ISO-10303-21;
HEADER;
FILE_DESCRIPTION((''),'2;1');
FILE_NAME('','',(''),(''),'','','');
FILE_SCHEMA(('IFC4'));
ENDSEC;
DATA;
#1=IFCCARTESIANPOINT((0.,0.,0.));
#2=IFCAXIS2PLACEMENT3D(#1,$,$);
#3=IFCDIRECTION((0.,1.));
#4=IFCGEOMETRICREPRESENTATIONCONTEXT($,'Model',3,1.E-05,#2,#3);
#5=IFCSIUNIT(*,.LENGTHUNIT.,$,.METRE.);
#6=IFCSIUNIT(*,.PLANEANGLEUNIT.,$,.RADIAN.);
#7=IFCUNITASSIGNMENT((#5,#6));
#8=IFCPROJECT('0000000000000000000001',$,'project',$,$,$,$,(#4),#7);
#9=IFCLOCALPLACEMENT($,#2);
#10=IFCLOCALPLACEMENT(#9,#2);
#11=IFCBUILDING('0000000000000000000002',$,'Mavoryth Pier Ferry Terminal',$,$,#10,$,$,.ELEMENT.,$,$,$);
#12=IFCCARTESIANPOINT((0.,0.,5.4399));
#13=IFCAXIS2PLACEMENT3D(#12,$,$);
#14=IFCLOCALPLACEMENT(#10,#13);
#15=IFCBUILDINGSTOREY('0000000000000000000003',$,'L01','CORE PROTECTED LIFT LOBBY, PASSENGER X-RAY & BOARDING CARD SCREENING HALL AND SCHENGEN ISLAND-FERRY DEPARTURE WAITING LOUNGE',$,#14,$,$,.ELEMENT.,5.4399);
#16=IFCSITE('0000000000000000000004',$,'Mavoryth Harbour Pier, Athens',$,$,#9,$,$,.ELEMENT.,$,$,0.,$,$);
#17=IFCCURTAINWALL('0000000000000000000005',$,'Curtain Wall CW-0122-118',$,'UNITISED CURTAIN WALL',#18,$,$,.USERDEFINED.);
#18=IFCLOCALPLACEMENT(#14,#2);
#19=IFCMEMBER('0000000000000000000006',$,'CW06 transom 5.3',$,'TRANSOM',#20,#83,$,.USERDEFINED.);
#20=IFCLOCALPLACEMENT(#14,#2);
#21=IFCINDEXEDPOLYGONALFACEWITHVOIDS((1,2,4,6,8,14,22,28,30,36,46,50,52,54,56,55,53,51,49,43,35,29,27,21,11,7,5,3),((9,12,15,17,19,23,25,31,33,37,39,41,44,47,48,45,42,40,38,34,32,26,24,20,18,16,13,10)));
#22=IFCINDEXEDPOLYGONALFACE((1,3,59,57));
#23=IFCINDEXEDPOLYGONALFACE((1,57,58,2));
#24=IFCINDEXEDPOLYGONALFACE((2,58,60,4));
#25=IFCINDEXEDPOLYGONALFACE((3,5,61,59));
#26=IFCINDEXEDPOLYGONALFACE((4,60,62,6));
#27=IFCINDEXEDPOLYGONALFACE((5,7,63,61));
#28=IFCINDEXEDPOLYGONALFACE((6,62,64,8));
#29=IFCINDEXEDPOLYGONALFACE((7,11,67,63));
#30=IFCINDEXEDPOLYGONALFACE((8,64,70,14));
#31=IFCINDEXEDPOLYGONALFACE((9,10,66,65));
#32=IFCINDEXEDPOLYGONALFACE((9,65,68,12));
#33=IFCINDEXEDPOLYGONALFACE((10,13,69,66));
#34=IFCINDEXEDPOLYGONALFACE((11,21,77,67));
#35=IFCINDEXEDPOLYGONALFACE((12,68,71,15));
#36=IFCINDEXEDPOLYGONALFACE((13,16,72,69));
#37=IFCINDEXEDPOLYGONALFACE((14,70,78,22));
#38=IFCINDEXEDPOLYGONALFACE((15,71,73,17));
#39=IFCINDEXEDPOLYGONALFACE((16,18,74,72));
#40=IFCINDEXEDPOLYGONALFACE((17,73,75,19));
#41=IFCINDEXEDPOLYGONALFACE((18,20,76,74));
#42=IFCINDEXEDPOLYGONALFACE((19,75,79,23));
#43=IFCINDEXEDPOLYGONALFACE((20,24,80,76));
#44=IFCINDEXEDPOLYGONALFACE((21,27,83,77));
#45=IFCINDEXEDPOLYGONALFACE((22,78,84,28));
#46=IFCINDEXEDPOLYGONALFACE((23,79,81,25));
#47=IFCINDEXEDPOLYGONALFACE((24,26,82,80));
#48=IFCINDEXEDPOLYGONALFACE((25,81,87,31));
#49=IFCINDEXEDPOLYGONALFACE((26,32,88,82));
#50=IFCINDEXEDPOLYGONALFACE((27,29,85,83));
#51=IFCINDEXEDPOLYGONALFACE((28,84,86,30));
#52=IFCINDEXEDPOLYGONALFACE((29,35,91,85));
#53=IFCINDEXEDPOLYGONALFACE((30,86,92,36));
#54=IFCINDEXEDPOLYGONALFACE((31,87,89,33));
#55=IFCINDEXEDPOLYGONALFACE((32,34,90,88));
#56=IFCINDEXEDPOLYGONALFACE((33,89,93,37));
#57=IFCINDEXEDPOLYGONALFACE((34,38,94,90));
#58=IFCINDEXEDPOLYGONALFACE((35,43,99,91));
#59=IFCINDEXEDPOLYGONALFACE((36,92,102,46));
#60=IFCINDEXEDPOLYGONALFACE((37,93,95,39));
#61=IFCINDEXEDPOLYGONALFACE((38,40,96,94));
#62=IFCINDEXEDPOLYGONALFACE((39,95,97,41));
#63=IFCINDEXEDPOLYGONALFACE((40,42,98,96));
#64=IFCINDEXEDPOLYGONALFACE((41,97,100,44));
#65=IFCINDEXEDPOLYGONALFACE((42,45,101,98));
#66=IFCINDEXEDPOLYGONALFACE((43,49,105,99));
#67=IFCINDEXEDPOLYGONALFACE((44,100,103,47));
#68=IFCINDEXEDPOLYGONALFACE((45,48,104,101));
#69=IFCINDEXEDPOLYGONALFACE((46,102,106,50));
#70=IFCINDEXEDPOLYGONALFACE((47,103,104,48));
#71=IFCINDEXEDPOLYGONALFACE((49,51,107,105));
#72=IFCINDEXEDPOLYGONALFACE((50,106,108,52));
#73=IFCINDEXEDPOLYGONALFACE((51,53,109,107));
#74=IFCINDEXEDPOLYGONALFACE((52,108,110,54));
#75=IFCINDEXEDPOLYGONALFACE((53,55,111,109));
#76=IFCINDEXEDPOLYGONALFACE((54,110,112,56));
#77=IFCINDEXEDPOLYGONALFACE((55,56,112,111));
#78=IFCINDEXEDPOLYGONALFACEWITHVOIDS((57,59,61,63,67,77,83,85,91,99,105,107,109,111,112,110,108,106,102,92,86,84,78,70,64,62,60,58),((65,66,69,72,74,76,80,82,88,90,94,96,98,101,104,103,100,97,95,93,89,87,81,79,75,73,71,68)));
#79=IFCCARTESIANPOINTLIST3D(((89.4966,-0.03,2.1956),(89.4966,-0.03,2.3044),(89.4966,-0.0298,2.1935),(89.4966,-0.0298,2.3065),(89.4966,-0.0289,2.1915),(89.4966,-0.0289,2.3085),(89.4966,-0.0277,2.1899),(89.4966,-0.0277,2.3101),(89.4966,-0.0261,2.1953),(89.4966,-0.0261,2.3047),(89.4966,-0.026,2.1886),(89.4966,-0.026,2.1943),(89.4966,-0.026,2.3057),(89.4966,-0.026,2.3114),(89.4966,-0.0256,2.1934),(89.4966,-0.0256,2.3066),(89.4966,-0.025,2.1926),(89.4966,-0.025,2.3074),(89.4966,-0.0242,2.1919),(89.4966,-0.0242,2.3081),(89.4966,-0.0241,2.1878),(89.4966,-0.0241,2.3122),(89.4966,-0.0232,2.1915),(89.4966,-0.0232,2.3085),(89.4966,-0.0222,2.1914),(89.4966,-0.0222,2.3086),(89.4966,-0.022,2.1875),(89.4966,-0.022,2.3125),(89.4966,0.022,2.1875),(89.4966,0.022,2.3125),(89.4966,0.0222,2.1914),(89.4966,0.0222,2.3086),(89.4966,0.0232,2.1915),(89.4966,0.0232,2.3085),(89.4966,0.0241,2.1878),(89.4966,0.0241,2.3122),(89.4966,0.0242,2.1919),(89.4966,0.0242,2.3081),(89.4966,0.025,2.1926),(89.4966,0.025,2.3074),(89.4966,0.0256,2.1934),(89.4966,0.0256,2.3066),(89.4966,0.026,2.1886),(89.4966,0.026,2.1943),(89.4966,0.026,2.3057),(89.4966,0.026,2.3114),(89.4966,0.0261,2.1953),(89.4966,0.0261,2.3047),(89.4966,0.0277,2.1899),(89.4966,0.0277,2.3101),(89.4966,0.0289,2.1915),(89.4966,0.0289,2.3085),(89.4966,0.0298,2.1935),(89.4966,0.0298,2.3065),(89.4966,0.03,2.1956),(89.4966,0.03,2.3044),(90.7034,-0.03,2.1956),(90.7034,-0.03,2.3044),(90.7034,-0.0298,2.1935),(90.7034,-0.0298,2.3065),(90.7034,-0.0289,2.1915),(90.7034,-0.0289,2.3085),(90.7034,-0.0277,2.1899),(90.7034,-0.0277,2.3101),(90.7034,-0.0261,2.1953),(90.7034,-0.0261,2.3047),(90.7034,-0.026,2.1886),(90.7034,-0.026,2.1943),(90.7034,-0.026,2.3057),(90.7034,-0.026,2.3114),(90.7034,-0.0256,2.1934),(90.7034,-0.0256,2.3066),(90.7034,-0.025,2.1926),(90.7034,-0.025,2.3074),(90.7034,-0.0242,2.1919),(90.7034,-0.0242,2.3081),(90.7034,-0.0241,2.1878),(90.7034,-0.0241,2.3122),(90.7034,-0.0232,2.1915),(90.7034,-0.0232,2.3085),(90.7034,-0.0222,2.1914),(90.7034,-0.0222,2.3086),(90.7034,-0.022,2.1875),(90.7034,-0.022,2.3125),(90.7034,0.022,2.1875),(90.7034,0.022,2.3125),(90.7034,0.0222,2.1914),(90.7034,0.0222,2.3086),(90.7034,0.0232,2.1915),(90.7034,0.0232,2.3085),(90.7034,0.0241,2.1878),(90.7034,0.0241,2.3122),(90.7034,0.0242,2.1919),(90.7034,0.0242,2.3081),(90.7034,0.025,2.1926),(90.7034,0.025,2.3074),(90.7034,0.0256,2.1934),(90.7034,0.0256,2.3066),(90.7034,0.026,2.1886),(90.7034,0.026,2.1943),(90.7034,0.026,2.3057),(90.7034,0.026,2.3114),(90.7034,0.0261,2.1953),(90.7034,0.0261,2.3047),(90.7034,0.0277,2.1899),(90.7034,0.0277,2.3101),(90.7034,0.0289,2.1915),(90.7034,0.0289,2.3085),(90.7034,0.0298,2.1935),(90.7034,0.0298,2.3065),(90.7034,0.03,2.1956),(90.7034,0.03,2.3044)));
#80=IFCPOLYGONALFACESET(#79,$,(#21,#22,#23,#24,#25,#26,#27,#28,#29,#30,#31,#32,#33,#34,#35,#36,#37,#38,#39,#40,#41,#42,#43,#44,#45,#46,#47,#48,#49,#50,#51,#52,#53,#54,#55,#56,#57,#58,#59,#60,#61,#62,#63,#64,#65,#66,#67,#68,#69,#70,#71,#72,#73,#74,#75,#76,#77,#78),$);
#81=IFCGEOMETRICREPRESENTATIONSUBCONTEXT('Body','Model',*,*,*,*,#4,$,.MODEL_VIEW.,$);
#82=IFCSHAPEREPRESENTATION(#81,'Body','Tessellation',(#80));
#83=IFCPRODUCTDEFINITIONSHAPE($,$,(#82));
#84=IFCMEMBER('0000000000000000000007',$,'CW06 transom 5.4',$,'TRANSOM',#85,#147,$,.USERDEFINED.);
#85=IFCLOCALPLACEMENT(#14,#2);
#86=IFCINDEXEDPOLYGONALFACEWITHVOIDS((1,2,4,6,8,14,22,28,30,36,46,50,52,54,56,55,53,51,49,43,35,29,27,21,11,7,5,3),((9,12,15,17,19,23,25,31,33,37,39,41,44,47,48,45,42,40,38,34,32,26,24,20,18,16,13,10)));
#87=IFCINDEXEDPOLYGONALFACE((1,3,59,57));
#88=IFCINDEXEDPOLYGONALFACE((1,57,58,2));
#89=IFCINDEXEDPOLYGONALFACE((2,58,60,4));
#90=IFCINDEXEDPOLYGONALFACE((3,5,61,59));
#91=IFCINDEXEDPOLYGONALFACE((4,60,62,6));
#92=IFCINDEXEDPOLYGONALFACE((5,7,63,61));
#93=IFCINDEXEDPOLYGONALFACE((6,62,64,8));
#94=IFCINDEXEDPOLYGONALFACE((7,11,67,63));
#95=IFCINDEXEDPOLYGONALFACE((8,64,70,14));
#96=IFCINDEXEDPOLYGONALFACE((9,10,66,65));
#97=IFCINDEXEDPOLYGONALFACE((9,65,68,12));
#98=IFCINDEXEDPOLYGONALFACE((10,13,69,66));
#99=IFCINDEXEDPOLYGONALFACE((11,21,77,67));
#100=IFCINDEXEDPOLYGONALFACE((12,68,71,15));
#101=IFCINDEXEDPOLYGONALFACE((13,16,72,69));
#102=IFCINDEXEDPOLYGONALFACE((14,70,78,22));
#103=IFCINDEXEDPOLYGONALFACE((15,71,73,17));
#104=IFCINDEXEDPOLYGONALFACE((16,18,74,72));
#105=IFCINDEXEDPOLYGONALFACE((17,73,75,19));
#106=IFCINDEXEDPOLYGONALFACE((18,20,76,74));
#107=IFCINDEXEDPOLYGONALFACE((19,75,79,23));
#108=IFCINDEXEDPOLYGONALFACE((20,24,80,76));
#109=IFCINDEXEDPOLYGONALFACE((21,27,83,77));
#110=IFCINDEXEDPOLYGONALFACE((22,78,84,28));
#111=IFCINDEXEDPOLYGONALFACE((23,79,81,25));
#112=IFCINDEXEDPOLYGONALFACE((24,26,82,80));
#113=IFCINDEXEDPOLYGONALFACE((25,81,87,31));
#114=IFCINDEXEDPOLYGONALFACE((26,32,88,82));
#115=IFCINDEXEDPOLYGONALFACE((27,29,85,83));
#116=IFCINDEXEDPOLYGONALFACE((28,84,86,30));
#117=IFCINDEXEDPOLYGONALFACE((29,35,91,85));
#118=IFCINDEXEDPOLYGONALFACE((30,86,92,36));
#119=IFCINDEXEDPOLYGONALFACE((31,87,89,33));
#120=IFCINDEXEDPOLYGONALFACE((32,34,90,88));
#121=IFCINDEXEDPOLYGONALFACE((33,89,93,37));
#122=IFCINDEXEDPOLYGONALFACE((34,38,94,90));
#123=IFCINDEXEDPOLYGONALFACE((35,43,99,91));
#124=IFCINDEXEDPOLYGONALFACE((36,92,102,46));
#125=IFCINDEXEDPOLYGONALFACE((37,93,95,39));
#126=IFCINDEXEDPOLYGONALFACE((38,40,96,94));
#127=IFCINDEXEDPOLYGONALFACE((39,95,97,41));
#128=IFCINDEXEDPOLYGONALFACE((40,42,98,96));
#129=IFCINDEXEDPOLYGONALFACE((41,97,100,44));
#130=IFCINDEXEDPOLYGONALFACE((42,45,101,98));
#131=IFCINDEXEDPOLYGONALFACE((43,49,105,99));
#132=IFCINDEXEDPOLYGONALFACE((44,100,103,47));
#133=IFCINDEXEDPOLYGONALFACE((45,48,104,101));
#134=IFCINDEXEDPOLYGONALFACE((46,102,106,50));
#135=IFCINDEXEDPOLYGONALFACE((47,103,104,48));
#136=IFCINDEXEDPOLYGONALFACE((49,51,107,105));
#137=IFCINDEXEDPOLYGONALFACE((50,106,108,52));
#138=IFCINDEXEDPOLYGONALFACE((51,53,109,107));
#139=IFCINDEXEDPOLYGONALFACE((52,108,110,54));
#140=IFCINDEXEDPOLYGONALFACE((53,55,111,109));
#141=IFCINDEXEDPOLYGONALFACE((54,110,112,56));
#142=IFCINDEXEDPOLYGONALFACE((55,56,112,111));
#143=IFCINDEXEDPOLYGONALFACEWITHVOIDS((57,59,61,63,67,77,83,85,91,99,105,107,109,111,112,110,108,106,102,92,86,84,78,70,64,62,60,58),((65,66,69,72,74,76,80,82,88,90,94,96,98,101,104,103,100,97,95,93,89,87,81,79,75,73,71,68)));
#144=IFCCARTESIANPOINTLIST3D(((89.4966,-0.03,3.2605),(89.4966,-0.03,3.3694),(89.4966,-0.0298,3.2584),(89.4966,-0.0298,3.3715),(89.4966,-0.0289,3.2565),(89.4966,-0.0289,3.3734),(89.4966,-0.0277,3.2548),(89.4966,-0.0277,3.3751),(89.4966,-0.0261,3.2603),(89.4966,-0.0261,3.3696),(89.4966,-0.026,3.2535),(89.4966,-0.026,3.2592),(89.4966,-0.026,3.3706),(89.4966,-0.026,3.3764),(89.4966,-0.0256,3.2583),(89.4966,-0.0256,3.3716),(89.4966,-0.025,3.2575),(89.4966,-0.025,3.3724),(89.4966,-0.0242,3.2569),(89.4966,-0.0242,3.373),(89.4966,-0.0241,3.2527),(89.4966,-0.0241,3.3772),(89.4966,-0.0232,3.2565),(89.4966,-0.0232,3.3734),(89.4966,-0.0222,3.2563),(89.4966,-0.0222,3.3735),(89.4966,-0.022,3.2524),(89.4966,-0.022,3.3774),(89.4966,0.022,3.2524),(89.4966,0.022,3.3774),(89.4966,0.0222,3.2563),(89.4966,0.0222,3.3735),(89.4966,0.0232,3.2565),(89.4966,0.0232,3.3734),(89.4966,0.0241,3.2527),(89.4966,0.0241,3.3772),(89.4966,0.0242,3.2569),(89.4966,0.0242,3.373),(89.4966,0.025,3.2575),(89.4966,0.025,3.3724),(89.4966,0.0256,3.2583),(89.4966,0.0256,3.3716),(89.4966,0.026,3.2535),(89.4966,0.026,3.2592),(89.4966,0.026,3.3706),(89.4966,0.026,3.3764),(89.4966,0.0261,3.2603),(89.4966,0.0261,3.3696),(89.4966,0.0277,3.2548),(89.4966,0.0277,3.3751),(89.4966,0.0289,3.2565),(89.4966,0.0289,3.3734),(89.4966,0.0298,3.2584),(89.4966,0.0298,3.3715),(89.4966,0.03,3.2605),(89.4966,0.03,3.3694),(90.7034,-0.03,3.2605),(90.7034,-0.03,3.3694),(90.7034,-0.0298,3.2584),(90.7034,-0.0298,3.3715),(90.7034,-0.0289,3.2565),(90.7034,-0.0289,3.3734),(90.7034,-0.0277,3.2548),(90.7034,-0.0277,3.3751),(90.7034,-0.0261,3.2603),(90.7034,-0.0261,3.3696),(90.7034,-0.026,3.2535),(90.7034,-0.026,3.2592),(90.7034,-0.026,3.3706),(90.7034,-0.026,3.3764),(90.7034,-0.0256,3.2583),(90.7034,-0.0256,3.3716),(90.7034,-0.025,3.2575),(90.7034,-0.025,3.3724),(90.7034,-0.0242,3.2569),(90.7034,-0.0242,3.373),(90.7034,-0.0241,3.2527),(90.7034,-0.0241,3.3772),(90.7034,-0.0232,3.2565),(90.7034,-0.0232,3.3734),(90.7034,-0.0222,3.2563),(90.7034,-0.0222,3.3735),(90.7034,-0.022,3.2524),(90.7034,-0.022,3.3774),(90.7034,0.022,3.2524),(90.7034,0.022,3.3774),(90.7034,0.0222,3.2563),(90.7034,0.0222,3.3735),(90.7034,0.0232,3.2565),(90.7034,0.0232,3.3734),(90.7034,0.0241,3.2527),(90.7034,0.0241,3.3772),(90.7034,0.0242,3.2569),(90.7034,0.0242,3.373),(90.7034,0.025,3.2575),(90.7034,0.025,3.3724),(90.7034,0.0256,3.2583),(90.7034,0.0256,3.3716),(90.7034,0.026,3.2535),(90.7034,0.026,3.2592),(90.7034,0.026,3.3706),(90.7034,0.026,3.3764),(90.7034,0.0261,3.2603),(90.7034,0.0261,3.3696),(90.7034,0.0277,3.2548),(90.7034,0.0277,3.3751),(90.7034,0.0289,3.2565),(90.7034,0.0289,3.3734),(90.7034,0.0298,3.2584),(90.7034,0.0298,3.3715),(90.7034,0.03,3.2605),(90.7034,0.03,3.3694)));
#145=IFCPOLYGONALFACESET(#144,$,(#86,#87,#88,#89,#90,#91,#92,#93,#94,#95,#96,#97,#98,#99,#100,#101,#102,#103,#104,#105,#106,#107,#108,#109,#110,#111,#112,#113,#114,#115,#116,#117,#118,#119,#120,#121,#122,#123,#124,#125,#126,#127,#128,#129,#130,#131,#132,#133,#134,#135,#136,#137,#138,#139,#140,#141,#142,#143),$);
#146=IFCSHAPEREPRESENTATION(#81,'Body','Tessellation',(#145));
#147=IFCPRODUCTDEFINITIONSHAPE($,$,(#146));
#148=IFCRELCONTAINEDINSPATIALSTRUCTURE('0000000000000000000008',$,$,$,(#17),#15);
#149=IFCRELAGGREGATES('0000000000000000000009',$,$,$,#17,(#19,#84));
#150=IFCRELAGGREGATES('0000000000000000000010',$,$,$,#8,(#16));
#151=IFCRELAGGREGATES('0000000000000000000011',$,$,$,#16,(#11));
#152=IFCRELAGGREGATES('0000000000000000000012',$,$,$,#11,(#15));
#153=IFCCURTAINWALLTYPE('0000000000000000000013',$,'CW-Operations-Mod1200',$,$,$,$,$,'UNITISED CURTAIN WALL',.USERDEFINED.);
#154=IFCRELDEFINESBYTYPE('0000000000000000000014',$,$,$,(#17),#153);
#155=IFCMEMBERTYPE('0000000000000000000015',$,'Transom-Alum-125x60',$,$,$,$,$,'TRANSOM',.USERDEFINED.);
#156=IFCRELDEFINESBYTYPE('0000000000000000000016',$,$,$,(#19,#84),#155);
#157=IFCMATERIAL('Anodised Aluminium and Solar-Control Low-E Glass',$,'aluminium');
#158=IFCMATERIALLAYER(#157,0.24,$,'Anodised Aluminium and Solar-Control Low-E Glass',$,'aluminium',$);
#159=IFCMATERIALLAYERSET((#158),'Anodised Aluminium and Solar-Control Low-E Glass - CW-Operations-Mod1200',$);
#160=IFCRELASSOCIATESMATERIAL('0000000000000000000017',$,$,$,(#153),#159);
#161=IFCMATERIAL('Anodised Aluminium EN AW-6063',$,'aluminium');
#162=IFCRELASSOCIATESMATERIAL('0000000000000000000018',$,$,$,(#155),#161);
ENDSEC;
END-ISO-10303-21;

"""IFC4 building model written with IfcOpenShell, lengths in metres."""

from ifc_helpers import new_model, si_unit, direction, frame, origin, origin_2d, place, context, subcontext, project, spatial, hollow_rectangle, extrude, material, layer, layer_set, material_profile, profile_set, type_object, element, aggregate, save


model = new_model("IFC4")

# Units and contexts
model_context = context("Model", 3, precision=1e-05, world=origin(), true_north=direction((0.0, 1.0)))
body_context = subcontext(model_context, "Body", "Model", "MODEL_VIEW")
ifc_project = project(units=[si_unit("LENGTHUNIT", "METRE"), si_unit("PLANEANGLEUNIT", "RADIAN")], contexts=[model_context])

# Site, building, storey
site_placement = place(None, origin())
site = spatial("IfcSite", under=ifc_project, at=site_placement, Name="Mavoryth Harbour Pier, Athens", CompositionType="ELEMENT", RefElevation=0.0)
building_placement = place(site_placement, origin())
building = spatial("IfcBuilding", under=site, at=building_placement, Name="Mavoryth Pier Ferry Terminal", CompositionType="ELEMENT")
storey_placement = place(building_placement, frame((0.0, 0.0, 5.4399)))
storey = spatial("IfcBuildingStorey", under=building, at=storey_placement, Name="L01", Description="CORE PROTECTED LIFT LOBBY, PASSENGER X-RAY & BOARDING CARD SCREENING HALL AND SCHENGEN ISLAND-FERRY DEPARTURE WAITING LOUNGE", CompositionType="ELEMENT", Elevation=5.4399)

# Curtain wall
ifc_material_1 = material(Name="Anodised Aluminium and Solar-Control Low-E Glass", Category="aluminium")
ifc_layer_1 = layer(ifc_material_1, 0.24, Name="Anodised Aluminium and Solar-Control Low-E Glass", Category="aluminium")
ifc_layer_set_1 = layer_set([ifc_layer_1], Name="Anodised Aluminium and Solar-Control Low-E Glass - CW-Operations-Mod1200")
curtain_wall_type = type_object("IfcCurtainWallType", Name="CW-Operations-Mod1200", ElementType="UNITISED CURTAIN WALL", PredefinedType="USERDEFINED", material=ifc_layer_set_1)
curtain_wall_1_placement = place(storey_placement, origin())
curtain_wall_1 = element("IfcCurtainWall", 1, at=curtain_wall_1_placement, inside=storey, type_object=curtain_wall_type, Name="Curtain Wall CW-0122-118", ObjectType="UNITISED CURTAIN WALL", PredefinedType="USERDEFINED")
ifc_material_2 = material(Name="Anodised Aluminium EN AW-6063", Category="aluminium")

# Members
ifc_material_profile_1 = material_profile(ifc_material_2, hollow_rectangle(XDim=0.0601, YDim=0.125, WallThickness=0.0039, InnerFilletRadius=0.0039, OuterFilletRadius=0.0081, at=origin_2d()), Name="AL-TRAN 125x60x4", Category="aluminium")
ifc_profile_set_1 = profile_set([ifc_material_profile_1], Name="Anodised Aluminium EN AW-6063 - AL-TRAN 125x60x4")
member_type_1 = type_object("IfcMemberType", Name="Transom-Alum-125x60", ElementType="TRANSOM", PredefinedType="USERDEFINED", material=ifc_profile_set_1)
member_1_placement = place(storey_placement, frame((89.4966, 0.0, 2.25), z_axis=(1.0, 0.0, 0.0), x_axis=(0.0, 1.0, 0.0)))
member_1 = element("IfcMember", 2, at=member_1_placement, type_object=member_type_1, Name="CW06 transom 5.3", ObjectType="TRANSOM", PredefinedType="USERDEFINED", context=body_context, shape_type="SweptSolid", body=[
    extrude(hollow_rectangle(XDim=0.0601, YDim=0.125, WallThickness=0.0039, InnerFilletRadius=0.0039, OuterFilletRadius=0.0081, at=origin_2d()), origin(), (0.0, 0.0, 1.0), 1.2068),
])
member_2_placement = place(storey_placement, frame((89.4966, 0.0, 3.3149), z_axis=(1.0, 0.0, 0.0), x_axis=(0.0, 1.0, 0.0)))
member_2 = element("IfcMember", 3, at=member_2_placement, type_object=member_type_1, Name="CW06 transom 5.4", ObjectType="TRANSOM", PredefinedType="USERDEFINED", context=body_context, shape_type="SweptSolid", body=[
    extrude(hollow_rectangle(XDim=0.0601, YDim=0.125, WallThickness=0.0039, InnerFilletRadius=0.0039, OuterFilletRadius=0.0081, at=origin_2d()), origin(), (0.0, 0.0, 1.0), 1.2068),
])

aggregate(curtain_wall_1, [member_1, member_2])

save(model, "model.ifc")
